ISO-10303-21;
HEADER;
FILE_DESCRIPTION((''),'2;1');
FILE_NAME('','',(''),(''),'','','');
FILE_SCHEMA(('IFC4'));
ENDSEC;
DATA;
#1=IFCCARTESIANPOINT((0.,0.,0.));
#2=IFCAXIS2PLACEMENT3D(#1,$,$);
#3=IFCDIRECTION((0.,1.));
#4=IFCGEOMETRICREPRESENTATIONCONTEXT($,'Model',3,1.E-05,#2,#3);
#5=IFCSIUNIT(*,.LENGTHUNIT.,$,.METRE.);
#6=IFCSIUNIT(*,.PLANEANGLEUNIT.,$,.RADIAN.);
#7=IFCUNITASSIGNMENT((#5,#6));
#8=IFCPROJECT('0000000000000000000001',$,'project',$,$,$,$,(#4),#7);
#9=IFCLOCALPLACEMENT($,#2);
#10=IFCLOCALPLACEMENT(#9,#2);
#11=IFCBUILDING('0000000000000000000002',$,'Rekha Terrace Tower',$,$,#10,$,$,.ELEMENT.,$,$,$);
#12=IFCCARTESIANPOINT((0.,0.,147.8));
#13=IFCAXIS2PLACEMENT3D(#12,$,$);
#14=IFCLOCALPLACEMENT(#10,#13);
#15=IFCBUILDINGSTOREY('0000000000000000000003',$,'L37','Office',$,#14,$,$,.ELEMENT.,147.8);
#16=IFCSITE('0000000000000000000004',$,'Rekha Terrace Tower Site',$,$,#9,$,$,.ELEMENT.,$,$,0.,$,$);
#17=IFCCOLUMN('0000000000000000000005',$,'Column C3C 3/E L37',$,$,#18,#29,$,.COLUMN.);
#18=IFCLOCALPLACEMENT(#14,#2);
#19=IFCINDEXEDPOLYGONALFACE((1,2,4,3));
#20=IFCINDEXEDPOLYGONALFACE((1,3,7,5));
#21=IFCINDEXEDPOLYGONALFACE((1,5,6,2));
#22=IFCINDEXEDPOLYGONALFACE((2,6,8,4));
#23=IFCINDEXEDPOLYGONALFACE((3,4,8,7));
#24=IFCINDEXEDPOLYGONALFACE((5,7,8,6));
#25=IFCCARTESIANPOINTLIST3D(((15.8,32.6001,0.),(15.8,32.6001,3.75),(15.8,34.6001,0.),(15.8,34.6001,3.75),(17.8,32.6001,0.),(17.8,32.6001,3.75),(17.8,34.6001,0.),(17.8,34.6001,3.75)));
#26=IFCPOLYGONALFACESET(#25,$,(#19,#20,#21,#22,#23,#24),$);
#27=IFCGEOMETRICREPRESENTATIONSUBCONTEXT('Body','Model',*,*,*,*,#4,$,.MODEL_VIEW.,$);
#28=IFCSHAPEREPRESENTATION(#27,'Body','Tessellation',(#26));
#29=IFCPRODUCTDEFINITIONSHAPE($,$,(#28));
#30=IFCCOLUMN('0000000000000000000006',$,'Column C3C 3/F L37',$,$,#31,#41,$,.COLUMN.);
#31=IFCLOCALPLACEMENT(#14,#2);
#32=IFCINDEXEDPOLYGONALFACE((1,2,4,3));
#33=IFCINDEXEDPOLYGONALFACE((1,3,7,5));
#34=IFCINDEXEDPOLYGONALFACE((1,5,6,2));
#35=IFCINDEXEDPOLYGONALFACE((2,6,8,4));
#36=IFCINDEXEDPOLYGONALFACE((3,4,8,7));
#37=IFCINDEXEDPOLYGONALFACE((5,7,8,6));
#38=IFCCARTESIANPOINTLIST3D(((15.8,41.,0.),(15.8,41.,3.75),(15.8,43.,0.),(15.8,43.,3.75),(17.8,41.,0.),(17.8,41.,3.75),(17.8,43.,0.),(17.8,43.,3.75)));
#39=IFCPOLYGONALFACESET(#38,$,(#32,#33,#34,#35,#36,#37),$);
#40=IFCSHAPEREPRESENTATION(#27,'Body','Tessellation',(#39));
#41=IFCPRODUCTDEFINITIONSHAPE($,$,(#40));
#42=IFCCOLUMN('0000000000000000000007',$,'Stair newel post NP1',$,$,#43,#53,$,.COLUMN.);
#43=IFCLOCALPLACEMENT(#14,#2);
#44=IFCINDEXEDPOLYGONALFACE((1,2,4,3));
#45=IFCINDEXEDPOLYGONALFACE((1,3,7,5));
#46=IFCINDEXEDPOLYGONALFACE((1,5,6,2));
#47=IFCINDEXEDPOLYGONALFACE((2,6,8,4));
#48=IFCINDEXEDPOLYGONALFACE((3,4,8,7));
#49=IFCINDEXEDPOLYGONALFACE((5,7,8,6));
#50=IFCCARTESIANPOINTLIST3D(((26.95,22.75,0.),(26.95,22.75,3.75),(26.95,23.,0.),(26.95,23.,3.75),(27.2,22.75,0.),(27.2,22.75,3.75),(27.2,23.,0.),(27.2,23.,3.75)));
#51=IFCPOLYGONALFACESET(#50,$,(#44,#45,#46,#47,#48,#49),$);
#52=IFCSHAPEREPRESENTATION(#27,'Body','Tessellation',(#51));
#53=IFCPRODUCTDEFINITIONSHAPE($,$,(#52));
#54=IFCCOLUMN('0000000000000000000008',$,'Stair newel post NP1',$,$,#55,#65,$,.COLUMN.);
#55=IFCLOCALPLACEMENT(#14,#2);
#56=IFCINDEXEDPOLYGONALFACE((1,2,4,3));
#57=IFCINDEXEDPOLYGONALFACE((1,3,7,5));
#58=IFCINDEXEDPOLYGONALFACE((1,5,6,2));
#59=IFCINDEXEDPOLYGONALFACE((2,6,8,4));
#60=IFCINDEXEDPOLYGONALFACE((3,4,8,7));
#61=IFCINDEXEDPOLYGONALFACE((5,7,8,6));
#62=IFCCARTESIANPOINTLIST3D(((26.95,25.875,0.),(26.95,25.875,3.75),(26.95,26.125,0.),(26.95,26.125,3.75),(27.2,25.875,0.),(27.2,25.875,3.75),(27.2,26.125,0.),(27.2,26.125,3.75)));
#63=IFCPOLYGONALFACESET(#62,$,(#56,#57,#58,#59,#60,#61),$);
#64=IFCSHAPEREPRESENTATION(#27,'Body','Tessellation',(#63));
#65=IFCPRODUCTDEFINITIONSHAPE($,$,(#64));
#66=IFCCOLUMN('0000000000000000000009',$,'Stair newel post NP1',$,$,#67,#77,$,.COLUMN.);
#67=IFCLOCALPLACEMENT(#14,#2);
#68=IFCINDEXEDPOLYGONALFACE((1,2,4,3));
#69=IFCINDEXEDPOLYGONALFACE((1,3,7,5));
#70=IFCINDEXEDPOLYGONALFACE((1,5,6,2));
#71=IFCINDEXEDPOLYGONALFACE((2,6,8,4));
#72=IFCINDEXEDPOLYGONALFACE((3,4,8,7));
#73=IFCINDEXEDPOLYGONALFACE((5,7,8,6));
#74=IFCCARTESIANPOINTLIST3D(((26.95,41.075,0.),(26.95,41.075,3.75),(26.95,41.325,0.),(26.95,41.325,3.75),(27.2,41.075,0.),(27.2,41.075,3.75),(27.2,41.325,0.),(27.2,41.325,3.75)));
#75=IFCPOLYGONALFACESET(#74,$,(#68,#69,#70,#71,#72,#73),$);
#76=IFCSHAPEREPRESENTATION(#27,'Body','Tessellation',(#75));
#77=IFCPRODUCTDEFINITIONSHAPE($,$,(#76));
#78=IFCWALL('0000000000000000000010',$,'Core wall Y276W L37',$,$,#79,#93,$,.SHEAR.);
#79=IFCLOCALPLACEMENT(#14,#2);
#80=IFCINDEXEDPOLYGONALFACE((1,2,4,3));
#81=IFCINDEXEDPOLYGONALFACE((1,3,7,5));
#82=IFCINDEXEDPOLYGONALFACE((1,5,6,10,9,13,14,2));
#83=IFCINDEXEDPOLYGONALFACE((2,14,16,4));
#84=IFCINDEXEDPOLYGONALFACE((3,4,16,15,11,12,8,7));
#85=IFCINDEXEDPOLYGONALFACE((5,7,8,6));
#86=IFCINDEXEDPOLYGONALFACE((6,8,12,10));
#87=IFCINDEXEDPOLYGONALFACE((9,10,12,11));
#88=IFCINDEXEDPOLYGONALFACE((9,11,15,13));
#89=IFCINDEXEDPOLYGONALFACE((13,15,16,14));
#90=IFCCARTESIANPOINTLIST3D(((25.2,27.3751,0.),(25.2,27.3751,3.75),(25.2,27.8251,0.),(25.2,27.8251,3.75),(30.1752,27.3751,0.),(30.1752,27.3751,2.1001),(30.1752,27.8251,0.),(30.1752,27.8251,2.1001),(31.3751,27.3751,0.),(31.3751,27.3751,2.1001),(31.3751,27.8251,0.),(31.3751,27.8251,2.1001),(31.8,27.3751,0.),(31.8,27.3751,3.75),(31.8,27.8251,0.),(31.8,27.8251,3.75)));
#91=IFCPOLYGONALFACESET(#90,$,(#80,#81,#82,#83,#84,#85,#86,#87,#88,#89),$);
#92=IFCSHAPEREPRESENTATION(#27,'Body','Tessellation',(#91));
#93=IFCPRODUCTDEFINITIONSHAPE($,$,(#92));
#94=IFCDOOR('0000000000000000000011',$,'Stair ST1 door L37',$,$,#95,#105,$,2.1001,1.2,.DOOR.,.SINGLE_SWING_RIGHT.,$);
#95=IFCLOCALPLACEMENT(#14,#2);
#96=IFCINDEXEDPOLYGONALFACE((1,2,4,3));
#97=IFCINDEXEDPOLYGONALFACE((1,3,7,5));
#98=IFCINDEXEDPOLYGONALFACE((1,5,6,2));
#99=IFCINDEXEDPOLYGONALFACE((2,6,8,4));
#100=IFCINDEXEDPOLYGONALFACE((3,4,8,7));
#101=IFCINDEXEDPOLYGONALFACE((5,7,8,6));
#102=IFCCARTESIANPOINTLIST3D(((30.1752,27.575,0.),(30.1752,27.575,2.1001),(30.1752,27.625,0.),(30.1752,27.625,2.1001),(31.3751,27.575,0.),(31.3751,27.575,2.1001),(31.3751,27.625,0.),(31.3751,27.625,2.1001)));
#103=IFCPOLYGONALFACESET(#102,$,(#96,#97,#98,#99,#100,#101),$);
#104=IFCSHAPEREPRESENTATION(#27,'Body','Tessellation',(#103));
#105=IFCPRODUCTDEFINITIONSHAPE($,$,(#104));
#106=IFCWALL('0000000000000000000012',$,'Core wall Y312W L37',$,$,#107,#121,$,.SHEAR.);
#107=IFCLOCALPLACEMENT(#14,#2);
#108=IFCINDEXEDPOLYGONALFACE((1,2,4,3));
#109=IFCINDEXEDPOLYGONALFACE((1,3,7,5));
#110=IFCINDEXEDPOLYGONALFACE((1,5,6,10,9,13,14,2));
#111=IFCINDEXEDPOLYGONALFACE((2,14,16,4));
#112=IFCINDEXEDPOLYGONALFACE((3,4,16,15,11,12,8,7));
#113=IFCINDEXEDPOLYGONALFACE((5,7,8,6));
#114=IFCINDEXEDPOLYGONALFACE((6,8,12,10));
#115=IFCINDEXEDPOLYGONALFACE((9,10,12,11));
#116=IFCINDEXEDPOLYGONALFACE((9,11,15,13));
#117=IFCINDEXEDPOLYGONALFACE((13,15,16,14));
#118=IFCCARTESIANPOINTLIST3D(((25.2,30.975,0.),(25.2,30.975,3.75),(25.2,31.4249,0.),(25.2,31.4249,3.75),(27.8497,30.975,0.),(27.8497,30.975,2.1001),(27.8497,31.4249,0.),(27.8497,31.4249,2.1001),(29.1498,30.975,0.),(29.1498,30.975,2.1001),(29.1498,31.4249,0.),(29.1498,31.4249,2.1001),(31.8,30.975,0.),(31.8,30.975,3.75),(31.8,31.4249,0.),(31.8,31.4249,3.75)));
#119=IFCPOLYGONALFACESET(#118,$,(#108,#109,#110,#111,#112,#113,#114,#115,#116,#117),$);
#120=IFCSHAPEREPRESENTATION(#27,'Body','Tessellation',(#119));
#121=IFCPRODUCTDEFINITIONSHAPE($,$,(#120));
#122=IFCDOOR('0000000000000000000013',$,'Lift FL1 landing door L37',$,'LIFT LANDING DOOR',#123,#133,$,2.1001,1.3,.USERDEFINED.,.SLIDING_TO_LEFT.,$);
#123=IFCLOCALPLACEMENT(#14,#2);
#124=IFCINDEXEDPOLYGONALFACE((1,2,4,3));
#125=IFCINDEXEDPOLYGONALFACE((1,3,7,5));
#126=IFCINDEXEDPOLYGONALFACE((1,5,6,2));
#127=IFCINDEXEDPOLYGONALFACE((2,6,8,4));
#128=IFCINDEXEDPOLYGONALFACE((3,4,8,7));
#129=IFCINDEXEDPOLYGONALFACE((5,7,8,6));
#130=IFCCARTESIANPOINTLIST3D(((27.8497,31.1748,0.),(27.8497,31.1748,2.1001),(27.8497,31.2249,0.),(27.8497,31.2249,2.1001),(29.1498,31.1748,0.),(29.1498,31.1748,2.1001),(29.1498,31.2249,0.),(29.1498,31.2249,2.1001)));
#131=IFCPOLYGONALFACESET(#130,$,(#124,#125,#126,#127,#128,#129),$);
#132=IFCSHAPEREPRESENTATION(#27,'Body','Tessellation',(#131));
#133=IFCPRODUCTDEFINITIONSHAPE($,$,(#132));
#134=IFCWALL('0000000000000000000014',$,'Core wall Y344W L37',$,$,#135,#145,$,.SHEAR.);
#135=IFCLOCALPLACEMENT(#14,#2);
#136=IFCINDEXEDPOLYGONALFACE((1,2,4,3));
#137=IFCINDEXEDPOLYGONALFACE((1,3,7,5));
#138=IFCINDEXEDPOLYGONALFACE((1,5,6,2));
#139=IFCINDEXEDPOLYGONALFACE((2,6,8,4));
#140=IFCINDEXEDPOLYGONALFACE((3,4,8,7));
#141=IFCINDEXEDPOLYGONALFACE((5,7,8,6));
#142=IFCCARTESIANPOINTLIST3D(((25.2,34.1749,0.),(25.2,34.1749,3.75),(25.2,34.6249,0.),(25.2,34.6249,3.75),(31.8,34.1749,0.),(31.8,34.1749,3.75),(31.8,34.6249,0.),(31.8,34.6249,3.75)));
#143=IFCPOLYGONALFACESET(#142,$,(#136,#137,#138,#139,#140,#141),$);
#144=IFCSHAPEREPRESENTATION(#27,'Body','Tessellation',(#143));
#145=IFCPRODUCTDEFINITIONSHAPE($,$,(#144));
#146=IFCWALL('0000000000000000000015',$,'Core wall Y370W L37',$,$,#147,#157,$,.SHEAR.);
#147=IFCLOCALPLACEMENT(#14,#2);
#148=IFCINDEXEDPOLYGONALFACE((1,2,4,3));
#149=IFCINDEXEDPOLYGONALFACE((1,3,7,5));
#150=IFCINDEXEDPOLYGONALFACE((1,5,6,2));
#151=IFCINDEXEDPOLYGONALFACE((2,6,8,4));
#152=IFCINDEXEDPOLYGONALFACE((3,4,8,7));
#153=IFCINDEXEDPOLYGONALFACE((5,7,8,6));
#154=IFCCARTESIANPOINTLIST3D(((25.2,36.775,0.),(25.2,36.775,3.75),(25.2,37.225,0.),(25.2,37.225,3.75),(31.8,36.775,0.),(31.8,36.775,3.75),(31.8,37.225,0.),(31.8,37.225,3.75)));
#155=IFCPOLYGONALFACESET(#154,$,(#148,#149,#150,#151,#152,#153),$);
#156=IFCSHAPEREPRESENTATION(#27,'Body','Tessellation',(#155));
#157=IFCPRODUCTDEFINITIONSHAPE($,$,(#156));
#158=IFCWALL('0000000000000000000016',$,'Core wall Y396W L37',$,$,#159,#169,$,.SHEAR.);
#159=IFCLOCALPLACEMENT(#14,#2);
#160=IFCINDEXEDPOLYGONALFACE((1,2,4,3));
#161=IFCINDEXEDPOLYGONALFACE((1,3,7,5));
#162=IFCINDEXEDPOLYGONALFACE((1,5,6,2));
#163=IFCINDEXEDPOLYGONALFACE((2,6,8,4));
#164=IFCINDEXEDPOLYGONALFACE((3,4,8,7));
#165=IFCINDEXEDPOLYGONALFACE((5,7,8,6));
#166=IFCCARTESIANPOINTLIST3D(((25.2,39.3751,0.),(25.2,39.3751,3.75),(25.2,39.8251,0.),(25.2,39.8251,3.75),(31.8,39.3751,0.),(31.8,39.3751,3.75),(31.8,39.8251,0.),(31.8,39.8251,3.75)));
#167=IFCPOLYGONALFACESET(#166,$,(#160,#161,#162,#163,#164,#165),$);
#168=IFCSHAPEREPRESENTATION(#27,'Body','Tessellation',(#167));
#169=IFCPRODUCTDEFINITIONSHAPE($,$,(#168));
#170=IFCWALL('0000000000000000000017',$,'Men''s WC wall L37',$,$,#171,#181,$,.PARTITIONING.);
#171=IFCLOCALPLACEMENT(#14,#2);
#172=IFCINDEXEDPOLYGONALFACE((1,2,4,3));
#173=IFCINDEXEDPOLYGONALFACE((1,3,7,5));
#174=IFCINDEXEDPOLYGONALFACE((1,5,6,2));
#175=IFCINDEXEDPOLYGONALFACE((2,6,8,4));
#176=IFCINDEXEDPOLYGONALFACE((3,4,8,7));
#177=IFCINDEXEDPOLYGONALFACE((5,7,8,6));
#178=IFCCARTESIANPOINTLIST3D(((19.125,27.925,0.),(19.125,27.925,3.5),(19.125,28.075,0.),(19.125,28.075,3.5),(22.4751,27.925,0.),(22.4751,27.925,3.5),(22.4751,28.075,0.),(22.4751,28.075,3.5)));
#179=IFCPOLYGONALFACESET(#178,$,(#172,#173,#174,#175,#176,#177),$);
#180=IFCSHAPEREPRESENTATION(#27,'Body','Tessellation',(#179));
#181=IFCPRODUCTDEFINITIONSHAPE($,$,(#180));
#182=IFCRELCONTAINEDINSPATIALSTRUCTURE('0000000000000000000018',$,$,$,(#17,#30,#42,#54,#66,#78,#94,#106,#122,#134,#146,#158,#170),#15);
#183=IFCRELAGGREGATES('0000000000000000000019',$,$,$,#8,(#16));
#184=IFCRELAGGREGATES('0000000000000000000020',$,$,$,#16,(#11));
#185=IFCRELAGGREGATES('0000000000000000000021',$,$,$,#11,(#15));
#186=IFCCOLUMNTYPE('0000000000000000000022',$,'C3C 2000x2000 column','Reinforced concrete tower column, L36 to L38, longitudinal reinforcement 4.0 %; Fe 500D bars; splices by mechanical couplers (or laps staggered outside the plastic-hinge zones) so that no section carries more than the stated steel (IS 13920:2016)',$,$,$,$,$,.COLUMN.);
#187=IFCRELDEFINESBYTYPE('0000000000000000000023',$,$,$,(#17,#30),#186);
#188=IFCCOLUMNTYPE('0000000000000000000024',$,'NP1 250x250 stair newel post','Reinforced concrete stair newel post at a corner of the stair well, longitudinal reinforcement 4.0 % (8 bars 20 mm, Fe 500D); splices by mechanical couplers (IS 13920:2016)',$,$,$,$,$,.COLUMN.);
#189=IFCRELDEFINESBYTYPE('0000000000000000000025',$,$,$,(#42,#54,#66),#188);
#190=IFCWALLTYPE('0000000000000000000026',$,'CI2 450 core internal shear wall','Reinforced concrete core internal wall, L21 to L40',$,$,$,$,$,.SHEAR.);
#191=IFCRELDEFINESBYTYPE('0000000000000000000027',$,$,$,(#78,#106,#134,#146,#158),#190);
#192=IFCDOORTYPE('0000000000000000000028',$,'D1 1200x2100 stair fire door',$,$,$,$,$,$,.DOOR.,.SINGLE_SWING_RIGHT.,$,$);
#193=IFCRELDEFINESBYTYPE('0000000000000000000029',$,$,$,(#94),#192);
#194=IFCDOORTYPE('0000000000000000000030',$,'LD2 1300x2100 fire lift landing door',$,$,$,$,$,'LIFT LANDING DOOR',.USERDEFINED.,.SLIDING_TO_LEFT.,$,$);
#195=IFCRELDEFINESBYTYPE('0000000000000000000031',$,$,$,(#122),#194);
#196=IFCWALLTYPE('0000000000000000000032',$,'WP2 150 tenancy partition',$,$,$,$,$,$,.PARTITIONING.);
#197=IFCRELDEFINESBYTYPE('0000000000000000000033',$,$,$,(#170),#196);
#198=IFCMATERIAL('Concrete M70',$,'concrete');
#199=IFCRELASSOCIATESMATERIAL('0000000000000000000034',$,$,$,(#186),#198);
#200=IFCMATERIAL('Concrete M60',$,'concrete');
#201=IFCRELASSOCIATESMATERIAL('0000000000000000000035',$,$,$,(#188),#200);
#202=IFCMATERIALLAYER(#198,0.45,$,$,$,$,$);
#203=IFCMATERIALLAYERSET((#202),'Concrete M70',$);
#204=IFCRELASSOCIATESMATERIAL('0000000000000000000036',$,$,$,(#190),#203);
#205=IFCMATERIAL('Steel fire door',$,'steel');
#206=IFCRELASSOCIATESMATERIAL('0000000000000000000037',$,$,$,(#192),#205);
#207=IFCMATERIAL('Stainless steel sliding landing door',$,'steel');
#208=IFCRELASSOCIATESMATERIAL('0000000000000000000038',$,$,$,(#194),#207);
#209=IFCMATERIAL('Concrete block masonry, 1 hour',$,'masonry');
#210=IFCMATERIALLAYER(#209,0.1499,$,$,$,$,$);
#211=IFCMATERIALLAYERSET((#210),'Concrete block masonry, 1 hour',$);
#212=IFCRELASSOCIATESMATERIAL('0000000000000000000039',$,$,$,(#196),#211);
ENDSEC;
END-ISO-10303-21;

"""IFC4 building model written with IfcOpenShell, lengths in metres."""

from ifc_helpers import new_model, si_unit, direction, frame, frame_2d, origin, origin_2d, place, context, subcontext, project, spatial, rectangle, extrude, material, layer, layer_set, material_profile, profile_set, type_object, element, fill, save


model = new_model("IFC4")

# Units and contexts
model_context = context("Model", 3, precision=1e-05, world=origin(), true_north=direction((0.0, 1.0)))
body_context = subcontext(model_context, "Body", "Model", "MODEL_VIEW")
ifc_project = project(units=[si_unit("LENGTHUNIT", "METRE"), si_unit("PLANEANGLEUNIT", "RADIAN")], contexts=[model_context])

# Site, building, storey
site_placement = place(None, origin())
site = spatial("IfcSite", under=ifc_project, at=site_placement, Name="Rekha Terrace Tower Site", CompositionType="ELEMENT", RefElevation=0.0)
building_placement = place(site_placement, origin())
building = spatial("IfcBuilding", under=site, at=building_placement, Name="Rekha Terrace Tower", CompositionType="ELEMENT")
storey_placement = place(building_placement, frame((0.0, 0.0, 147.8)))
storey = spatial("IfcBuildingStorey", under=building, at=storey_placement, Name="L37", Description="Office", CompositionType="ELEMENT", Elevation=147.8)

# Columns
ifc_material_1 = material(Name="Concrete M70", Category="concrete")
ifc_material_profile_1 = material_profile(ifc_material_1, rectangle(XDim=2.0, YDim=2.0, at=origin_2d()), Name="RC 2000x2000")
ifc_profile_set_1 = profile_set([ifc_material_profile_1], Name="Concrete M70")
column_type_1 = type_object("IfcColumnType", Name="C3C 2000x2000 column", Description="Reinforced concrete tower column, L36 to L38, longitudinal reinforcement 4.0 %; Fe 500D bars; splices by mechanical couplers (or laps staggered outside the plastic-hinge zones) so that no section carries more than the stated steel (IS 13920:2016)", PredefinedType="COLUMN", material=ifc_profile_set_1)
for number, where, z_axis, x_axis, name in (
    (1, (16.8, 33.6001, 0.0), (0.0, 0.0, 1.0), (1.0, 0.0, 0.0), "Column C3C 3/E L37"),
    (2, (16.8, 42.0, 0.0), (0.0, 0.0, 1.0), (1.0, 0.0, 0.0), "Column C3C 3/F L37"),
):
    element("IfcColumn", number, at=place(storey_placement, frame(where, z_axis=z_axis, x_axis=x_axis)), inside=storey, type_object=column_type_1, Name=name, PredefinedType="COLUMN", context=body_context, shape_type="SweptSolid", body=[
        extrude(rectangle(XDim=2.0, YDim=2.0, at=origin_2d()), origin(), (0.0, 0.0, 1.0), 3.75),
    ])
ifc_material_2 = material(Name="Concrete M60", Category="concrete")
ifc_material_profile_2 = material_profile(ifc_material_2, rectangle(XDim=0.25, YDim=0.25, at=origin_2d()), Name="RC 250x250")
ifc_profile_set_2 = profile_set([ifc_material_profile_2], Name="Concrete M60")
column_type_2 = type_object("IfcColumnType", Name="NP1 250x250 stair newel post", Description="Reinforced concrete stair newel post at a corner of the stair well, longitudinal reinforcement 4.0 % (8 bars 20 mm, Fe 500D); splices by mechanical couplers (IS 13920:2016)", PredefinedType="COLUMN", material=ifc_profile_set_2)
for number, where, z_axis, x_axis, name in (
    (3, (27.075, 22.875, 0.0), (0.0, 0.0, 1.0), (1.0, 0.0, 0.0), "Stair newel post NP1"),
    (4, (27.075, 26.0, 0.0), (0.0, 0.0, 1.0), (1.0, 0.0, 0.0), "Stair newel post NP1"),
    (5, (27.075, 41.2, 0.0), (0.0, 0.0, 1.0), (1.0, 0.0, 0.0), "Stair newel post NP1"),
):
    element("IfcColumn", number, at=place(storey_placement, frame(where, z_axis=z_axis, x_axis=x_axis)), inside=storey, type_object=column_type_2, Name=name, PredefinedType="COLUMN", context=body_context, shape_type="SweptSolid", body=[
        extrude(rectangle(XDim=0.25, YDim=0.25, at=origin_2d()), origin(), (0.0, 0.0, 1.0), 3.75),
    ])

# Walls, openings, doors
ifc_layer_1 = layer(ifc_material_1, 0.45)
ifc_layer_set_1 = layer_set([ifc_layer_1], Name="Concrete M70")
wall_type_1 = type_object("IfcWallType", Name="CI2 450 core internal shear wall", Description="Reinforced concrete core internal wall, L21 to L40", PredefinedType="SHEAR", material=ifc_layer_set_1)
wall_1_placement = place(storey_placement, frame((25.2, 27.6001, 0.0), z_axis=(0.0, 0.0, 1.0), x_axis=(1.0, 0.0, 0.0)))
wall_1 = element("IfcWall", 6, at=wall_1_placement, inside=storey, type_object=wall_type_1, Name="Core wall Y276W L37", PredefinedType="SHEAR", context=body_context, shape_type="SweptSolid", body=[
    extrude(rectangle(XDim=6.6001, YDim=0.45, at=frame_2d((3.3, 0.0))), origin(), (0.0, 0.0, 1.0), 3.75),
])
opening_1_placement = place(wall_1_placement, frame((4.9751, 0.0, 0.0)))
opening_1 = element("IfcOpeningElement", 7, at=opening_1_placement, cuts=wall_1, PredefinedType="OPENING", context=body_context, shape_type="SweptSolid", body=[
    extrude(rectangle(XDim=1.2, YDim=2.1001, at=frame_2d((0.6001, 1.05))), frame((0.0, 0.2349, 0.0), z_axis=(0.0, -1.0, 0.0), x_axis=(1.0, 0.0, 0.0)), (0.0, 0.0, 1.0), 0.47),
])
ifc_material_3 = material(Name="Steel fire door", Category="steel")
door_type_1 = type_object("IfcDoorType", Name="D1 1200x2100 stair fire door", OperationType="SINGLE_SWING_RIGHT", PredefinedType="DOOR", material=ifc_material_3)
door_1_placement = place(opening_1_placement, origin())
door_1 = element("IfcDoor", 8, at=door_1_placement, inside=storey, type_object=door_type_1, Name="Stair ST1 door L37", OperationType="SINGLE_SWING_RIGHT", OverallHeight=2.1001, OverallWidth=1.2, PredefinedType="DOOR", context=body_context, shape_type="SweptSolid", body=[
    extrude(rectangle(XDim=1.2, YDim=2.1001, at=frame_2d((0.6001, 1.05))), frame((0.0, 0.0249, 0.0), z_axis=(0.0, -1.0, 0.0), x_axis=(1.0, 0.0, 0.0)), (0.0, 0.0, 1.0), 0.05),
])
fill(opening_1, door_1)
wall_2_placement = place(storey_placement, frame((25.2, 31.2, 0.0), z_axis=(0.0, 0.0, 1.0), x_axis=(1.0, 0.0, 0.0)))
wall_2 = element("IfcWall", 9, at=wall_2_placement, inside=storey, type_object=wall_type_1, Name="Core wall Y312W L37", PredefinedType="SHEAR", context=body_context, shape_type="SweptSolid", body=[
    extrude(rectangle(XDim=6.6001, YDim=0.45, at=frame_2d((3.3, 0.0))), origin(), (0.0, 0.0, 1.0), 3.75),
])
opening_2_placement = place(wall_2_placement, frame((2.6499, 0.0, 0.0)))
opening_2 = element("IfcOpeningElement", 10, at=opening_2_placement, cuts=wall_2, PredefinedType="OPENING", context=body_context, shape_type="SweptSolid", body=[
    extrude(rectangle(XDim=1.3, YDim=2.1001, at=frame_2d((0.6499, 1.05))), frame((0.0, 0.2349, 0.0), z_axis=(0.0, -1.0, 0.0), x_axis=(1.0, 0.0, 0.0)), (0.0, 0.0, 1.0), 0.47),
])
ifc_material_4 = material(Name="Stainless steel sliding landing door", Category="steel")
door_type_2 = type_object("IfcDoorType", Name="LD2 1300x2100 fire lift landing door", ElementType="LIFT LANDING DOOR", OperationType="SLIDING_TO_LEFT", PredefinedType="USERDEFINED", material=ifc_material_4)
door_2_placement = place(opening_2_placement, origin())
door_2 = element("IfcDoor", 11, at=door_2_placement, inside=storey, type_object=door_type_2, Name="Lift FL1 landing door L37", ObjectType="LIFT LANDING DOOR", OperationType="SLIDING_TO_LEFT", OverallHeight=2.1001, OverallWidth=1.3, PredefinedType="USERDEFINED", context=body_context, shape_type="SweptSolid", body=[
    extrude(rectangle(XDim=1.3, YDim=2.1001, at=frame_2d((0.6499, 1.05))), frame((0.0, 0.0249, 0.0), z_axis=(0.0, -1.0, 0.0), x_axis=(1.0, 0.0, 0.0)), (0.0, 0.0, 1.0), 0.05),
])
fill(opening_2, door_2)

# Walls
for number, where, z_axis, x_axis, name in (
    (12, (25.2, 34.3999, 0.0), (0.0, 0.0, 1.0), (1.0, 0.0, 0.0), "Core wall Y344W L37"),
    (13, (25.2, 37.0, 0.0), (0.0, 0.0, 1.0), (1.0, 0.0, 0.0), "Core wall Y370W L37"),
    (14, (25.2, 39.6001, 0.0), (0.0, 0.0, 1.0), (1.0, 0.0, 0.0), "Core wall Y396W L37"),
):
    element("IfcWall", number, at=place(storey_placement, frame(where, z_axis=z_axis, x_axis=x_axis)), inside=storey, type_object=wall_type_1, Name=name, PredefinedType="SHEAR", context=body_context, shape_type="SweptSolid", body=[
        extrude(rectangle(XDim=6.6001, YDim=0.45, at=frame_2d((3.3, 0.0))), origin(), (0.0, 0.0, 1.0), 3.75),
    ])
ifc_material_5 = material(Name="Concrete block masonry, 1 hour", Category="masonry")
ifc_layer_2 = layer(ifc_material_5, 0.1499)
ifc_layer_set_2 = layer_set([ifc_layer_2], Name="Concrete block masonry, 1 hour")
wall_type_2 = type_object("IfcWallType", Name="WP2 150 tenancy partition", PredefinedType="PARTITIONING", material=ifc_layer_set_2)
wall_3_placement = place(storey_placement, frame((19.125, 28.0, 0.0), z_axis=(0.0, 0.0, 1.0), x_axis=(1.0, 0.0, 0.0)))
element("IfcWall", 15, at=wall_3_placement, inside=storey, type_object=wall_type_2, Name="Men's WC wall L37", PredefinedType="PARTITIONING", context=body_context, shape_type="SweptSolid", body=[
    extrude(rectangle(XDim=3.3501, YDim=0.1499, at=frame_2d((1.675, 0.0))), origin(), (0.0, 0.0, 1.0), 3.5),
])

save(model, "model.ifc")
